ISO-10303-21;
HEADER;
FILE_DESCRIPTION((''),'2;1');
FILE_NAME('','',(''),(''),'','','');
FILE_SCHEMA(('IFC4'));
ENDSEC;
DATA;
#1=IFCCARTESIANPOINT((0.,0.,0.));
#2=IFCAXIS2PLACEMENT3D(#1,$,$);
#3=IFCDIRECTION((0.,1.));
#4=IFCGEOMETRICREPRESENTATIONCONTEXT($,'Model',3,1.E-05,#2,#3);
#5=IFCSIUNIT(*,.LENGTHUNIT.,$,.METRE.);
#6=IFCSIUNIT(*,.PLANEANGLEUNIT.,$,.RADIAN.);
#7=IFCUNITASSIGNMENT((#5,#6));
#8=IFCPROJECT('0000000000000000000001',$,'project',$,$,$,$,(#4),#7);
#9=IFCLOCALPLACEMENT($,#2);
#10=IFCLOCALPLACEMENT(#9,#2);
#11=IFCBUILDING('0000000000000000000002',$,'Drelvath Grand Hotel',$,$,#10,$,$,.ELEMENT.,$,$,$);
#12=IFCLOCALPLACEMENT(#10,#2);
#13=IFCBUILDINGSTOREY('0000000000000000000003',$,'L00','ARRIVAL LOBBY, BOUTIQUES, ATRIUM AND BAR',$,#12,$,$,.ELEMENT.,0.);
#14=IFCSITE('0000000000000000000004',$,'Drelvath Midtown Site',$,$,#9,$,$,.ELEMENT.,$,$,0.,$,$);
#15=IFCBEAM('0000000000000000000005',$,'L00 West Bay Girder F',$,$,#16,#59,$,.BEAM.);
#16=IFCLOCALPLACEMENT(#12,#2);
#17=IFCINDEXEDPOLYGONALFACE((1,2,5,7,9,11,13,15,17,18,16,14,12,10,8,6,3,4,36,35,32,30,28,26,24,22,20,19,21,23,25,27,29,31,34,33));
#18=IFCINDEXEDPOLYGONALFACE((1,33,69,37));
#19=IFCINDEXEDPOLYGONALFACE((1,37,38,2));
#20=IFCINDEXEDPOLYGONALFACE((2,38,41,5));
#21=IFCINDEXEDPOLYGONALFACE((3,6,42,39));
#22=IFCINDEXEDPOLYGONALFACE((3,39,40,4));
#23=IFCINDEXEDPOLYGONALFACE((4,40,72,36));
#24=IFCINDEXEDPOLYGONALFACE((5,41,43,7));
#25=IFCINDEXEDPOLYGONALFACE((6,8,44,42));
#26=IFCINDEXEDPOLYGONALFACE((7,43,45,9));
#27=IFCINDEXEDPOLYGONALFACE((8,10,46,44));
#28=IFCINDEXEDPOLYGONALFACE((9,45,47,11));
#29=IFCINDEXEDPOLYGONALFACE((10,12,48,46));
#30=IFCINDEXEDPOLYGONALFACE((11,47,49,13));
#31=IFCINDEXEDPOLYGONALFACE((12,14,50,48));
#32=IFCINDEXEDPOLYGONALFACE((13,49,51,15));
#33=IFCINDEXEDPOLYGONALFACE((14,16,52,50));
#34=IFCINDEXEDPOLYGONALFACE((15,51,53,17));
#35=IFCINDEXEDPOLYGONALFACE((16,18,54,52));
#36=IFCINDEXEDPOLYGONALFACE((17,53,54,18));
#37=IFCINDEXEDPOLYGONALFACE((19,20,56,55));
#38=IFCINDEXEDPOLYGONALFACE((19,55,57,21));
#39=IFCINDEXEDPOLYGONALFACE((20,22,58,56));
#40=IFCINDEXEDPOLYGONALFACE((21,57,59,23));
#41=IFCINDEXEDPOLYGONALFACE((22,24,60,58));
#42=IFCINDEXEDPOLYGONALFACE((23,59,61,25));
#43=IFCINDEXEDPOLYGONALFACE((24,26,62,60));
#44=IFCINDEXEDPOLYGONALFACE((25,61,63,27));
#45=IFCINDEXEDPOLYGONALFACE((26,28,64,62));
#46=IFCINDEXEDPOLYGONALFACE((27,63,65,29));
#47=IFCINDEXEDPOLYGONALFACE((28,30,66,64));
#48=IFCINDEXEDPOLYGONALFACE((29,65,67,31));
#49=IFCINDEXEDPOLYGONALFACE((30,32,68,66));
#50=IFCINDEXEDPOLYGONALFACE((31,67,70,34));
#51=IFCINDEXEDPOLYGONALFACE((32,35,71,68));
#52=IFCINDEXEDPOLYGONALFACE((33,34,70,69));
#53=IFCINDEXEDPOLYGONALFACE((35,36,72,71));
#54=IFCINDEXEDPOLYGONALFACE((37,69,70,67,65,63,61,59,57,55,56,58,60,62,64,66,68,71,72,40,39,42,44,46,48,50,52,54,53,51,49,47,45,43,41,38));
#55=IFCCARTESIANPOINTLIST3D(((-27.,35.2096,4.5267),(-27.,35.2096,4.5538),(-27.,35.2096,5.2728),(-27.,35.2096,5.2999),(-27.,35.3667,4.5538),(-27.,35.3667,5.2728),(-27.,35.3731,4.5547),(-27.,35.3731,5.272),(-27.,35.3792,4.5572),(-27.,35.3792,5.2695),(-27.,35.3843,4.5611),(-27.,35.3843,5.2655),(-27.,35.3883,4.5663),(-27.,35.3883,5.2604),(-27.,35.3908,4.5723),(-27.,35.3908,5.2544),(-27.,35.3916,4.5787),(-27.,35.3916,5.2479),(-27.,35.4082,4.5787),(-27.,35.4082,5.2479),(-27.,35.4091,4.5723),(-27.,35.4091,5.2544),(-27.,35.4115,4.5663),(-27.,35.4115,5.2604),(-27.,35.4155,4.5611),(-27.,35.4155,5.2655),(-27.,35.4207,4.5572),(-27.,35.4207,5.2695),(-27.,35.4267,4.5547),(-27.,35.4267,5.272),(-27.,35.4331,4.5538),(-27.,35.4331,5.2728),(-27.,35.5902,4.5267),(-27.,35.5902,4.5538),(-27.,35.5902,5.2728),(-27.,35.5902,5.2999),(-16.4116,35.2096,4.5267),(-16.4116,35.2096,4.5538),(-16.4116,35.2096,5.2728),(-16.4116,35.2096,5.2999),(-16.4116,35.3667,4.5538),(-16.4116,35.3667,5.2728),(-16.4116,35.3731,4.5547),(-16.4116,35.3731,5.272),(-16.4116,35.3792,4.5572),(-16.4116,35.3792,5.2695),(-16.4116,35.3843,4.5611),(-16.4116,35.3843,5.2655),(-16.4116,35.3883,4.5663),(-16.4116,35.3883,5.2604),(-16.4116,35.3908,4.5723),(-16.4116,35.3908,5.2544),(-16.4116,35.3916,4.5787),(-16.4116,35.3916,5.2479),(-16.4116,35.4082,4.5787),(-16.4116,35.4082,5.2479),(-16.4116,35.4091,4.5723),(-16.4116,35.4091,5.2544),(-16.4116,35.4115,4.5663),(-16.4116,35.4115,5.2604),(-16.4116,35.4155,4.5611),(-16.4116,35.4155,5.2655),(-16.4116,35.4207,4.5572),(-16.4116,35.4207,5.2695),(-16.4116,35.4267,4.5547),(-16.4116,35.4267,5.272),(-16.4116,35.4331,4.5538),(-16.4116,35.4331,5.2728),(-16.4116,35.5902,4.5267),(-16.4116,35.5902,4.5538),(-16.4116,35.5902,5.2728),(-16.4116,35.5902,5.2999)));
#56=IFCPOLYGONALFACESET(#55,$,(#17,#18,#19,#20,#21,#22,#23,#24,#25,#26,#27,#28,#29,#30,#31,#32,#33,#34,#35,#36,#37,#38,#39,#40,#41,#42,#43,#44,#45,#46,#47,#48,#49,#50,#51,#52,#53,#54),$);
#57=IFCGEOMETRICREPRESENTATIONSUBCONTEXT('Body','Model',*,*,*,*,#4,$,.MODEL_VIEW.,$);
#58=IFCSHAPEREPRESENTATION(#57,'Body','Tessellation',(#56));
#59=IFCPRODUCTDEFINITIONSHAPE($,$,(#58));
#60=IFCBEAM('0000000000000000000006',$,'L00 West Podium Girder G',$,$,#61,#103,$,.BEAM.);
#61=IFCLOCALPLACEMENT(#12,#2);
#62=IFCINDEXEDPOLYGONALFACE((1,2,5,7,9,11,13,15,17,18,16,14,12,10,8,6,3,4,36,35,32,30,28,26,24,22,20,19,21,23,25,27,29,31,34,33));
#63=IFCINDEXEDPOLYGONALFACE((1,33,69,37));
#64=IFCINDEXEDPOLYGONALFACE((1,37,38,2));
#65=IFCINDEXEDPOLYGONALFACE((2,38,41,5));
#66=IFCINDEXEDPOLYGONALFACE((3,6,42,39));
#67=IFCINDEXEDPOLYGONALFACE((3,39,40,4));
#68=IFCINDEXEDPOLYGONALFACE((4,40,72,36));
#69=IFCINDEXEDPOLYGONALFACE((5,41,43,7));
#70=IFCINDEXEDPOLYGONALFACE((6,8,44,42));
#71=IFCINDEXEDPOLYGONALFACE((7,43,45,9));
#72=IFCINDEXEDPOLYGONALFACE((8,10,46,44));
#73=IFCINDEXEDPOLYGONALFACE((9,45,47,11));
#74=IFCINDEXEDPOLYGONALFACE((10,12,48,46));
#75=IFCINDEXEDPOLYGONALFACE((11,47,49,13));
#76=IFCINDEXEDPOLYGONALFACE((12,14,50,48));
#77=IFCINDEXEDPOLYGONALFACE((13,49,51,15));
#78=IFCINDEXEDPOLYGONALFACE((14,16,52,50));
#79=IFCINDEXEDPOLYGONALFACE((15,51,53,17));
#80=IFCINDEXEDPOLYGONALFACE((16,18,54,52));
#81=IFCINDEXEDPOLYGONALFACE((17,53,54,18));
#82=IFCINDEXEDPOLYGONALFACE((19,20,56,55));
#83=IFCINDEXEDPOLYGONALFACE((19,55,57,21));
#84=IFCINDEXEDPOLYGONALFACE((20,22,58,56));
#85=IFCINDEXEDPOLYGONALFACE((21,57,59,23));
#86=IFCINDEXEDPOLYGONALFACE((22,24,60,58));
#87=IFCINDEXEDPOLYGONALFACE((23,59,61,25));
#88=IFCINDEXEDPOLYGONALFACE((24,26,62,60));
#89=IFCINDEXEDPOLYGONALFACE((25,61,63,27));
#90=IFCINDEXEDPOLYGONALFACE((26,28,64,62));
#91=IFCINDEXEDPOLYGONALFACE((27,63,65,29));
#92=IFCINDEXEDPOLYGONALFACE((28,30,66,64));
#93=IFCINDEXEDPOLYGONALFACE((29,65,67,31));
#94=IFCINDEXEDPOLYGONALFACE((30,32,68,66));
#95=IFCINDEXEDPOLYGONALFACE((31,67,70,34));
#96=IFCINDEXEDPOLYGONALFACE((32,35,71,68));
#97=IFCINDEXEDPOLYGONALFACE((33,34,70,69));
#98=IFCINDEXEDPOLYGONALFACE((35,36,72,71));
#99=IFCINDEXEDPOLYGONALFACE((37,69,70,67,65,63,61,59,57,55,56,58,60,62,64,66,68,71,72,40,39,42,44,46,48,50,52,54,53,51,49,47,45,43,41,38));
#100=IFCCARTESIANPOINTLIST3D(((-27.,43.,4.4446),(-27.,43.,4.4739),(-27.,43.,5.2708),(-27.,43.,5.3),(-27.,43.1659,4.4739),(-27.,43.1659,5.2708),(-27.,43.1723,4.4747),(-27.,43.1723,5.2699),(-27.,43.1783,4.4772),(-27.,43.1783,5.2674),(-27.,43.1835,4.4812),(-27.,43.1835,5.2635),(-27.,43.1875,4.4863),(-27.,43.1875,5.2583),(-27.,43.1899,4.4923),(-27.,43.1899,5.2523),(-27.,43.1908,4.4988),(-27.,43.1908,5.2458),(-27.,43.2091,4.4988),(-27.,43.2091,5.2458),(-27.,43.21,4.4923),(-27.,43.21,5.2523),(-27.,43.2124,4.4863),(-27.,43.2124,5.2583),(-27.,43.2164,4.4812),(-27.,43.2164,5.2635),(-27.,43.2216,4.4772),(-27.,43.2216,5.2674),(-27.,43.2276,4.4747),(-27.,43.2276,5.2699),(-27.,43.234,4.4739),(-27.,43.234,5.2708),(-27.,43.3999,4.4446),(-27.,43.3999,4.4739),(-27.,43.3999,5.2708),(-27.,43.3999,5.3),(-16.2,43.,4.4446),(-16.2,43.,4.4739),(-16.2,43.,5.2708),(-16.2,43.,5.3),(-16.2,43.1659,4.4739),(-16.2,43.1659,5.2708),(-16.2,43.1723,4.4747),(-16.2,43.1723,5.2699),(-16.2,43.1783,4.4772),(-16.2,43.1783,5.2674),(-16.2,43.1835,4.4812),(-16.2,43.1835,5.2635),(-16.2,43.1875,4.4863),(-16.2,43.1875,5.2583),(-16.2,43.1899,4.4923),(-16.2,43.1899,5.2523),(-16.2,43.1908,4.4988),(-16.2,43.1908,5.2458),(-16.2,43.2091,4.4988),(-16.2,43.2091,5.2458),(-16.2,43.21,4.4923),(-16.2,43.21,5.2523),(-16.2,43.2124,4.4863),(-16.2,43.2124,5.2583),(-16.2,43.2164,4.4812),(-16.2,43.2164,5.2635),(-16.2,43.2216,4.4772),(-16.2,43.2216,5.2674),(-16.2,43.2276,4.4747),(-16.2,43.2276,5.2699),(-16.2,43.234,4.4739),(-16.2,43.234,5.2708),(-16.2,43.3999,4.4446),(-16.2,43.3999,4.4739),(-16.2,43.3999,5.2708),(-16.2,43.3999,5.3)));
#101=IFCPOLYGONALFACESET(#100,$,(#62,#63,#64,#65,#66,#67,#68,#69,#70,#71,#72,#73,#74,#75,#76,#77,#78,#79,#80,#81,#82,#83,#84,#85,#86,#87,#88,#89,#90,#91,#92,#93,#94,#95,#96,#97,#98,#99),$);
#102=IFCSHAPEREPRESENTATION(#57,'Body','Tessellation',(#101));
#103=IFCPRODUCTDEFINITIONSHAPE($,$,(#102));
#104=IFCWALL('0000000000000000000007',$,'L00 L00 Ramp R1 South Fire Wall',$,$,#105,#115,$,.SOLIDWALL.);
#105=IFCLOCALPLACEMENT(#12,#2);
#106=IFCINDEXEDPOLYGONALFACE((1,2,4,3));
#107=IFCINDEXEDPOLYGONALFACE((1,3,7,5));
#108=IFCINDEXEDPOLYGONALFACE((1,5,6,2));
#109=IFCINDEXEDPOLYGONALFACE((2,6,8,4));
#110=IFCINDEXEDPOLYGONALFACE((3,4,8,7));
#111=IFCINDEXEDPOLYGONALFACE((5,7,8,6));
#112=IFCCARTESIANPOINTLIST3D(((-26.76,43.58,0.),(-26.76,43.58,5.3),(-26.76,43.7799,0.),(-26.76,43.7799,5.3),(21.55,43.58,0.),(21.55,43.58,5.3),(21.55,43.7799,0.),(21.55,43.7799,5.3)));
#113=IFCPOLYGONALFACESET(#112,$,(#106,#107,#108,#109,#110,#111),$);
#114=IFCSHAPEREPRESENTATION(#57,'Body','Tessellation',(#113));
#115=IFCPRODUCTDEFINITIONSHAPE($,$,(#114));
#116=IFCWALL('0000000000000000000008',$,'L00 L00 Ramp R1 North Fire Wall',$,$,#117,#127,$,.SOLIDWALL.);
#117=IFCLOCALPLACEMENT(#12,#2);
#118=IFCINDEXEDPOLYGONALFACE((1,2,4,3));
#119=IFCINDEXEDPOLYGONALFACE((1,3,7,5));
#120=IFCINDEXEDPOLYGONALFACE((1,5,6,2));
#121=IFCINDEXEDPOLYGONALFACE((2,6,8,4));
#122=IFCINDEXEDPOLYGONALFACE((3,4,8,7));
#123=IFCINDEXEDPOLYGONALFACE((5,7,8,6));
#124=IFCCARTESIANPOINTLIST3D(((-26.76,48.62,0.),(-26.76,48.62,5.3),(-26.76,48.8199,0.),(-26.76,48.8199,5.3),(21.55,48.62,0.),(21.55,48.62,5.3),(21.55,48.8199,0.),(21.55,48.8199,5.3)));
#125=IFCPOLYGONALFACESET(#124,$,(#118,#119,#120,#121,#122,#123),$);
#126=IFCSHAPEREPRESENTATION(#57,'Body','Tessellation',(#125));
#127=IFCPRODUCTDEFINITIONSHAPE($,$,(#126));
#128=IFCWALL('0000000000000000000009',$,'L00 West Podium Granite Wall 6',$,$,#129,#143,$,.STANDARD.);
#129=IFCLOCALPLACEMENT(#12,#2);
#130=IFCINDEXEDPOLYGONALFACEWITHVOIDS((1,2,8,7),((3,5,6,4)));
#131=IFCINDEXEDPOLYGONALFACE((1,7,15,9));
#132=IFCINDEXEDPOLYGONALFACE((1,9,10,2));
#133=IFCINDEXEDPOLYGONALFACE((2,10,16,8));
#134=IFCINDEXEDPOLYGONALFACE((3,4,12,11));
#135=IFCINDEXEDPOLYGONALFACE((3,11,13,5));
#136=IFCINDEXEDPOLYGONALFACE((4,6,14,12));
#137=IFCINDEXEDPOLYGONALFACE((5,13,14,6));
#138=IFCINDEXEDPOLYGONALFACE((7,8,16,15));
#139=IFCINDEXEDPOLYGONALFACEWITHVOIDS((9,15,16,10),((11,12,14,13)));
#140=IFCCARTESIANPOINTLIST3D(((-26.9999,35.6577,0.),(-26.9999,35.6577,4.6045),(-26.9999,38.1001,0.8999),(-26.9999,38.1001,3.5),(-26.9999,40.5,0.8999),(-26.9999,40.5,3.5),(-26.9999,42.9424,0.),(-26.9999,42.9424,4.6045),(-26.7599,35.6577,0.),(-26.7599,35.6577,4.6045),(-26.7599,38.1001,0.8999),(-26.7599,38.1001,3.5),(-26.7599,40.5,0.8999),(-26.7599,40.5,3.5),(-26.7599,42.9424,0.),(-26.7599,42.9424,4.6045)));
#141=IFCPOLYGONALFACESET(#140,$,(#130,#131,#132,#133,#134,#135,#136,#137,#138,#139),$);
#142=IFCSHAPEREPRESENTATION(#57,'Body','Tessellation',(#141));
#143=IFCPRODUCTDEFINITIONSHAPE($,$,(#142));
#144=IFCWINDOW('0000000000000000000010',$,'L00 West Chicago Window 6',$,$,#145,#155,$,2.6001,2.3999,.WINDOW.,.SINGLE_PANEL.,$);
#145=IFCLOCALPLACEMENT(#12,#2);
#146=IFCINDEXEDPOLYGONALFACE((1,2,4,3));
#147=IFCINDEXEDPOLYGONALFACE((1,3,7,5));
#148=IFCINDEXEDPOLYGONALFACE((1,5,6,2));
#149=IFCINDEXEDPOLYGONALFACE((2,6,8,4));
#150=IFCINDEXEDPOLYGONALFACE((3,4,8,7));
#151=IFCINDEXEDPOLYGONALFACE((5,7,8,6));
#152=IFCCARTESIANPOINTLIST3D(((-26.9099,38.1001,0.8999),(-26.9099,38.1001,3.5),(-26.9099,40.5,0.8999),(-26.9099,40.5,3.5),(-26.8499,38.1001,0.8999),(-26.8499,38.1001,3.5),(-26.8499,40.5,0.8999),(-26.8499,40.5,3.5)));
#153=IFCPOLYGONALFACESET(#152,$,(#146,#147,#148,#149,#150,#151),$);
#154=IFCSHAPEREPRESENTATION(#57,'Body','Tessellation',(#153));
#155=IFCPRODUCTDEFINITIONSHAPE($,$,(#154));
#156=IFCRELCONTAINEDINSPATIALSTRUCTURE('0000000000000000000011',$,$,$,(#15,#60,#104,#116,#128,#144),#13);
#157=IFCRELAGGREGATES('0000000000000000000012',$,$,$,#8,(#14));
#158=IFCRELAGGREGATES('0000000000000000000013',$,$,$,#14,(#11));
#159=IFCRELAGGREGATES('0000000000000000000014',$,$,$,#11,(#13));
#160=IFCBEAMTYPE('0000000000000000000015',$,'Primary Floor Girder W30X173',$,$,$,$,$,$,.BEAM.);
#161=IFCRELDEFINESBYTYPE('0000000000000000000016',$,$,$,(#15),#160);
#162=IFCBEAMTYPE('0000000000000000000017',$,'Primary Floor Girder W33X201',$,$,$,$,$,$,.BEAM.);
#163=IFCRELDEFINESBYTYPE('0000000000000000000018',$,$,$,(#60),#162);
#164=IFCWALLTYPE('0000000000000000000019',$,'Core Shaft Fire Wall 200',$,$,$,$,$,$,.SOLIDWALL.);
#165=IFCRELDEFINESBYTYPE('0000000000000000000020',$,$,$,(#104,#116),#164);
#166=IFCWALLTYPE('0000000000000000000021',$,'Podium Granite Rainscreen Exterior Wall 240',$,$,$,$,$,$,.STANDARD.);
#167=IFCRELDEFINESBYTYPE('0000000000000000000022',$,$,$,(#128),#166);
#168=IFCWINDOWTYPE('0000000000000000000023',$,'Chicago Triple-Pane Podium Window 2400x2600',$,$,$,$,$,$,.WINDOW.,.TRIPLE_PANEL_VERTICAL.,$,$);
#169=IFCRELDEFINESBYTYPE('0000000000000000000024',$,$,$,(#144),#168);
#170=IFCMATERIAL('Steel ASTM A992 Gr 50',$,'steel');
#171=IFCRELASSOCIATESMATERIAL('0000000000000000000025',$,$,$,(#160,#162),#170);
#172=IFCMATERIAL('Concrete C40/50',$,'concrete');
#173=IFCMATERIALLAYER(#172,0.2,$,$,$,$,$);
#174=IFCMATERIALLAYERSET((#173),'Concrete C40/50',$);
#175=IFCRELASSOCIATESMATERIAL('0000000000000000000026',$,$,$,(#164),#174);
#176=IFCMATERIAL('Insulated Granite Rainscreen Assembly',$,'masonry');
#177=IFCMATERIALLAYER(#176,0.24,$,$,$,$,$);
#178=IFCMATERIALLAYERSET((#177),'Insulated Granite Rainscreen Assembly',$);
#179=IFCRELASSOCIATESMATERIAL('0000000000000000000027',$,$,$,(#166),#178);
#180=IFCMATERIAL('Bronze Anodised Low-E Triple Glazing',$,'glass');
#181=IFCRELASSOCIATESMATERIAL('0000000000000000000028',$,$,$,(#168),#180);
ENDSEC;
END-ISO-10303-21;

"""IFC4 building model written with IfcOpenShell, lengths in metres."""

from ifc_helpers import new_model, si_unit, direction, frame, frame_2d, origin, origin_2d, place, context, subcontext, project, spatial, rectangle, i_section, extrude, material, layer, layer_set, material_profile, profile_set, type_object, element, fill, save


model = new_model("IFC4")

# Units and contexts
model_context = context("Model", 3, precision=1e-05, world=origin(), true_north=direction((0.0, 1.0)))
body_context = subcontext(model_context, "Body", "Model", "MODEL_VIEW")
ifc_project = project(units=[si_unit("LENGTHUNIT", "METRE"), si_unit("PLANEANGLEUNIT", "RADIAN")], contexts=[model_context])

# Site, building, storey
site_placement = place(None, origin())
site = spatial("IfcSite", under=ifc_project, at=site_placement, Name="Drelvath Midtown Site", CompositionType="ELEMENT", RefElevation=0.0)
building_placement = place(site_placement, origin())
building = spatial("IfcBuilding", under=site, at=building_placement, Name="Drelvath Grand Hotel", CompositionType="ELEMENT")
storey_placement = place(building_placement, origin())
storey = spatial("IfcBuildingStorey", under=building, at=storey_placement, Name="L00", Description="ARRIVAL LOBBY, BOUTIQUES, ATRIUM AND BAR", CompositionType="ELEMENT", Elevation=0.0)

# Beams
ifc_material_1 = material(Name="Steel ASTM A992 Gr 50", Category="steel")
ifc_material_profile_1 = material_profile(ifc_material_1, i_section(OverallWidth=0.3806, OverallDepth=0.7732, WebThickness=0.0166, FlangeThickness=0.0271, FilletRadius=0.0249, at=origin_2d()), Name="W30X173")
ifc_profile_set_1 = profile_set([ifc_material_profile_1], Name="Steel ASTM A992 Gr 50")
beam_type_1 = type_object("IfcBeamType", Name="Primary Floor Girder W30X173", PredefinedType="BEAM", material=ifc_profile_set_1)
beam_1_placement = place(storey_placement, frame((-27.0, 35.3999, 4.9133), z_axis=(1.0, 0.0, 0.0), x_axis=(0.0, 1.0, 0.0)))
element("IfcBeam", 1, at=beam_1_placement, inside=storey, type_object=beam_type_1, Name="L00 West Bay Girder F", PredefinedType="BEAM", context=body_context, shape_type="SweptSolid", body=[
    extrude(i_section(OverallWidth=0.3806, OverallDepth=0.7732, WebThickness=0.0166, FlangeThickness=0.0271, FilletRadius=0.0249, at=origin_2d()), origin(), (0.0, 0.0, 1.0), 10.5884),
])
ifc_material_profile_2 = material_profile(ifc_material_1, i_section(OverallWidth=0.3999, OverallDepth=0.8555, WebThickness=0.0183, FlangeThickness=0.0293, FilletRadius=0.0249, at=origin_2d()), Name="W33X201")
ifc_profile_set_2 = profile_set([ifc_material_profile_2], Name="Steel ASTM A992 Gr 50")
beam_type_2 = type_object("IfcBeamType", Name="Primary Floor Girder W33X201", PredefinedType="BEAM", material=ifc_profile_set_2)
beam_2_placement = place(storey_placement, frame((-27.0, 43.2, 4.8723), z_axis=(1.0, 0.0, 0.0), x_axis=(0.0, 1.0, 0.0)))
element("IfcBeam", 2, at=beam_2_placement, inside=storey, type_object=beam_type_2, Name="L00 West Podium Girder G", PredefinedType="BEAM", context=body_context, shape_type="SweptSolid", body=[
    extrude(i_section(OverallWidth=0.3999, OverallDepth=0.8555, WebThickness=0.0183, FlangeThickness=0.0293, FilletRadius=0.0249, at=origin_2d()), origin(), (0.0, 0.0, 1.0), 10.8),
])

# Walls
ifc_material_2 = material(Name="Concrete C40/50", Category="concrete")
ifc_layer_1 = layer(ifc_material_2, 0.2)
ifc_layer_set_1 = layer_set([ifc_layer_1], Name="Concrete C40/50")
wall_type_1 = type_object("IfcWallType", Name="Core Shaft Fire Wall 200", PredefinedType="SOLIDWALL", material=ifc_layer_set_1)
for number, where, z_axis, x_axis, name in (
    (3, (-26.76, 43.6799, 0.0), (0.0, 0.0, 1.0), (1.0, 0.0, 0.0), "L00 L00 Ramp R1 South Fire Wall"),
    (4, (-26.76, 48.72, 0.0), (0.0, 0.0, 1.0), (1.0, 0.0, 0.0), "L00 L00 Ramp R1 North Fire Wall"),
):
    element("IfcWall", number, at=place(storey_placement, frame(where, z_axis=z_axis, x_axis=x_axis)), inside=storey, type_object=wall_type_1, Name=name, PredefinedType="SOLIDWALL", context=body_context, shape_type="SweptSolid", body=[
        extrude(rectangle(XDim=48.3101, YDim=0.2, at=frame_2d((24.155, 0.0))), origin(), (0.0, 0.0, 1.0), 5.3),
    ])

# Wall, opening, window
ifc_material_3 = material(Name="Insulated Granite Rainscreen Assembly", Category="masonry")
ifc_layer_2 = layer(ifc_material_3, 0.24)
ifc_layer_set_2 = layer_set([ifc_layer_2], Name="Insulated Granite Rainscreen Assembly")
wall_type_2 = type_object("IfcWallType", Name="Podium Granite Rainscreen Exterior Wall 240", PredefinedType="STANDARD", material=ifc_layer_set_2)
wall_1_placement = place(storey_placement, frame((-26.8799, 35.6577, 0.0), z_axis=(0.0, 0.0, 1.0), x_axis=(0.0, 1.0, 0.0)))
wall_1 = element("IfcWall", 5, at=wall_1_placement, inside=storey, type_object=wall_type_2, Name="L00 West Podium Granite Wall 6", PredefinedType="STANDARD", context=body_context, shape_type="SweptSolid", body=[
    extrude(rectangle(XDim=7.2847, YDim=0.24, at=frame_2d((3.6423, 0.0))), origin(), (0.0, 0.0, 1.0), 4.6045),
])
opening_1_placement = place(wall_1_placement, frame((2.4424, 0.0, 0.8999)))
opening_1 = element("IfcOpeningElement", 6, at=opening_1_placement, cuts=wall_1, PredefinedType="OPENING", context=body_context, shape_type="SweptSolid", body=[
    extrude(rectangle(XDim=2.3999, YDim=2.6001, at=frame_2d((1.2, 1.3))), frame((0.0, 0.1299, 0.0), z_axis=(0.0, -1.0, 0.0), x_axis=(1.0, 0.0, 0.0)), (0.0, 0.0, 1.0), 0.26),
])
ifc_material_4 = material(Name="Bronze Anodised Low-E Triple Glazing", Category="glass")
window_type_1 = type_object("IfcWindowType", Name="Chicago Triple-Pane Podium Window 2400x2600", PartitioningType="TRIPLE_PANEL_VERTICAL", PredefinedType="WINDOW", material=ifc_material_4)
window_1_placement = place(opening_1_placement, origin())
window_1 = element("IfcWindow", 7, at=window_1_placement, inside=storey, type_object=window_type_1, Name="L00 West Chicago Window 6", OverallHeight=2.6001, OverallWidth=2.3999, PartitioningType="SINGLE_PANEL", PredefinedType="WINDOW", context=body_context, shape_type="SweptSolid", body=[
    extrude(rectangle(XDim=2.3999, YDim=2.6001, at=frame_2d((1.2, 1.3))), frame((0.0, 0.03, 0.0), z_axis=(0.0, -1.0, 0.0), x_axis=(1.0, 0.0, 0.0)), (0.0, 0.0, 1.0), 0.0601),
])
fill(opening_1, window_1)

save(model, "model.ifc")
